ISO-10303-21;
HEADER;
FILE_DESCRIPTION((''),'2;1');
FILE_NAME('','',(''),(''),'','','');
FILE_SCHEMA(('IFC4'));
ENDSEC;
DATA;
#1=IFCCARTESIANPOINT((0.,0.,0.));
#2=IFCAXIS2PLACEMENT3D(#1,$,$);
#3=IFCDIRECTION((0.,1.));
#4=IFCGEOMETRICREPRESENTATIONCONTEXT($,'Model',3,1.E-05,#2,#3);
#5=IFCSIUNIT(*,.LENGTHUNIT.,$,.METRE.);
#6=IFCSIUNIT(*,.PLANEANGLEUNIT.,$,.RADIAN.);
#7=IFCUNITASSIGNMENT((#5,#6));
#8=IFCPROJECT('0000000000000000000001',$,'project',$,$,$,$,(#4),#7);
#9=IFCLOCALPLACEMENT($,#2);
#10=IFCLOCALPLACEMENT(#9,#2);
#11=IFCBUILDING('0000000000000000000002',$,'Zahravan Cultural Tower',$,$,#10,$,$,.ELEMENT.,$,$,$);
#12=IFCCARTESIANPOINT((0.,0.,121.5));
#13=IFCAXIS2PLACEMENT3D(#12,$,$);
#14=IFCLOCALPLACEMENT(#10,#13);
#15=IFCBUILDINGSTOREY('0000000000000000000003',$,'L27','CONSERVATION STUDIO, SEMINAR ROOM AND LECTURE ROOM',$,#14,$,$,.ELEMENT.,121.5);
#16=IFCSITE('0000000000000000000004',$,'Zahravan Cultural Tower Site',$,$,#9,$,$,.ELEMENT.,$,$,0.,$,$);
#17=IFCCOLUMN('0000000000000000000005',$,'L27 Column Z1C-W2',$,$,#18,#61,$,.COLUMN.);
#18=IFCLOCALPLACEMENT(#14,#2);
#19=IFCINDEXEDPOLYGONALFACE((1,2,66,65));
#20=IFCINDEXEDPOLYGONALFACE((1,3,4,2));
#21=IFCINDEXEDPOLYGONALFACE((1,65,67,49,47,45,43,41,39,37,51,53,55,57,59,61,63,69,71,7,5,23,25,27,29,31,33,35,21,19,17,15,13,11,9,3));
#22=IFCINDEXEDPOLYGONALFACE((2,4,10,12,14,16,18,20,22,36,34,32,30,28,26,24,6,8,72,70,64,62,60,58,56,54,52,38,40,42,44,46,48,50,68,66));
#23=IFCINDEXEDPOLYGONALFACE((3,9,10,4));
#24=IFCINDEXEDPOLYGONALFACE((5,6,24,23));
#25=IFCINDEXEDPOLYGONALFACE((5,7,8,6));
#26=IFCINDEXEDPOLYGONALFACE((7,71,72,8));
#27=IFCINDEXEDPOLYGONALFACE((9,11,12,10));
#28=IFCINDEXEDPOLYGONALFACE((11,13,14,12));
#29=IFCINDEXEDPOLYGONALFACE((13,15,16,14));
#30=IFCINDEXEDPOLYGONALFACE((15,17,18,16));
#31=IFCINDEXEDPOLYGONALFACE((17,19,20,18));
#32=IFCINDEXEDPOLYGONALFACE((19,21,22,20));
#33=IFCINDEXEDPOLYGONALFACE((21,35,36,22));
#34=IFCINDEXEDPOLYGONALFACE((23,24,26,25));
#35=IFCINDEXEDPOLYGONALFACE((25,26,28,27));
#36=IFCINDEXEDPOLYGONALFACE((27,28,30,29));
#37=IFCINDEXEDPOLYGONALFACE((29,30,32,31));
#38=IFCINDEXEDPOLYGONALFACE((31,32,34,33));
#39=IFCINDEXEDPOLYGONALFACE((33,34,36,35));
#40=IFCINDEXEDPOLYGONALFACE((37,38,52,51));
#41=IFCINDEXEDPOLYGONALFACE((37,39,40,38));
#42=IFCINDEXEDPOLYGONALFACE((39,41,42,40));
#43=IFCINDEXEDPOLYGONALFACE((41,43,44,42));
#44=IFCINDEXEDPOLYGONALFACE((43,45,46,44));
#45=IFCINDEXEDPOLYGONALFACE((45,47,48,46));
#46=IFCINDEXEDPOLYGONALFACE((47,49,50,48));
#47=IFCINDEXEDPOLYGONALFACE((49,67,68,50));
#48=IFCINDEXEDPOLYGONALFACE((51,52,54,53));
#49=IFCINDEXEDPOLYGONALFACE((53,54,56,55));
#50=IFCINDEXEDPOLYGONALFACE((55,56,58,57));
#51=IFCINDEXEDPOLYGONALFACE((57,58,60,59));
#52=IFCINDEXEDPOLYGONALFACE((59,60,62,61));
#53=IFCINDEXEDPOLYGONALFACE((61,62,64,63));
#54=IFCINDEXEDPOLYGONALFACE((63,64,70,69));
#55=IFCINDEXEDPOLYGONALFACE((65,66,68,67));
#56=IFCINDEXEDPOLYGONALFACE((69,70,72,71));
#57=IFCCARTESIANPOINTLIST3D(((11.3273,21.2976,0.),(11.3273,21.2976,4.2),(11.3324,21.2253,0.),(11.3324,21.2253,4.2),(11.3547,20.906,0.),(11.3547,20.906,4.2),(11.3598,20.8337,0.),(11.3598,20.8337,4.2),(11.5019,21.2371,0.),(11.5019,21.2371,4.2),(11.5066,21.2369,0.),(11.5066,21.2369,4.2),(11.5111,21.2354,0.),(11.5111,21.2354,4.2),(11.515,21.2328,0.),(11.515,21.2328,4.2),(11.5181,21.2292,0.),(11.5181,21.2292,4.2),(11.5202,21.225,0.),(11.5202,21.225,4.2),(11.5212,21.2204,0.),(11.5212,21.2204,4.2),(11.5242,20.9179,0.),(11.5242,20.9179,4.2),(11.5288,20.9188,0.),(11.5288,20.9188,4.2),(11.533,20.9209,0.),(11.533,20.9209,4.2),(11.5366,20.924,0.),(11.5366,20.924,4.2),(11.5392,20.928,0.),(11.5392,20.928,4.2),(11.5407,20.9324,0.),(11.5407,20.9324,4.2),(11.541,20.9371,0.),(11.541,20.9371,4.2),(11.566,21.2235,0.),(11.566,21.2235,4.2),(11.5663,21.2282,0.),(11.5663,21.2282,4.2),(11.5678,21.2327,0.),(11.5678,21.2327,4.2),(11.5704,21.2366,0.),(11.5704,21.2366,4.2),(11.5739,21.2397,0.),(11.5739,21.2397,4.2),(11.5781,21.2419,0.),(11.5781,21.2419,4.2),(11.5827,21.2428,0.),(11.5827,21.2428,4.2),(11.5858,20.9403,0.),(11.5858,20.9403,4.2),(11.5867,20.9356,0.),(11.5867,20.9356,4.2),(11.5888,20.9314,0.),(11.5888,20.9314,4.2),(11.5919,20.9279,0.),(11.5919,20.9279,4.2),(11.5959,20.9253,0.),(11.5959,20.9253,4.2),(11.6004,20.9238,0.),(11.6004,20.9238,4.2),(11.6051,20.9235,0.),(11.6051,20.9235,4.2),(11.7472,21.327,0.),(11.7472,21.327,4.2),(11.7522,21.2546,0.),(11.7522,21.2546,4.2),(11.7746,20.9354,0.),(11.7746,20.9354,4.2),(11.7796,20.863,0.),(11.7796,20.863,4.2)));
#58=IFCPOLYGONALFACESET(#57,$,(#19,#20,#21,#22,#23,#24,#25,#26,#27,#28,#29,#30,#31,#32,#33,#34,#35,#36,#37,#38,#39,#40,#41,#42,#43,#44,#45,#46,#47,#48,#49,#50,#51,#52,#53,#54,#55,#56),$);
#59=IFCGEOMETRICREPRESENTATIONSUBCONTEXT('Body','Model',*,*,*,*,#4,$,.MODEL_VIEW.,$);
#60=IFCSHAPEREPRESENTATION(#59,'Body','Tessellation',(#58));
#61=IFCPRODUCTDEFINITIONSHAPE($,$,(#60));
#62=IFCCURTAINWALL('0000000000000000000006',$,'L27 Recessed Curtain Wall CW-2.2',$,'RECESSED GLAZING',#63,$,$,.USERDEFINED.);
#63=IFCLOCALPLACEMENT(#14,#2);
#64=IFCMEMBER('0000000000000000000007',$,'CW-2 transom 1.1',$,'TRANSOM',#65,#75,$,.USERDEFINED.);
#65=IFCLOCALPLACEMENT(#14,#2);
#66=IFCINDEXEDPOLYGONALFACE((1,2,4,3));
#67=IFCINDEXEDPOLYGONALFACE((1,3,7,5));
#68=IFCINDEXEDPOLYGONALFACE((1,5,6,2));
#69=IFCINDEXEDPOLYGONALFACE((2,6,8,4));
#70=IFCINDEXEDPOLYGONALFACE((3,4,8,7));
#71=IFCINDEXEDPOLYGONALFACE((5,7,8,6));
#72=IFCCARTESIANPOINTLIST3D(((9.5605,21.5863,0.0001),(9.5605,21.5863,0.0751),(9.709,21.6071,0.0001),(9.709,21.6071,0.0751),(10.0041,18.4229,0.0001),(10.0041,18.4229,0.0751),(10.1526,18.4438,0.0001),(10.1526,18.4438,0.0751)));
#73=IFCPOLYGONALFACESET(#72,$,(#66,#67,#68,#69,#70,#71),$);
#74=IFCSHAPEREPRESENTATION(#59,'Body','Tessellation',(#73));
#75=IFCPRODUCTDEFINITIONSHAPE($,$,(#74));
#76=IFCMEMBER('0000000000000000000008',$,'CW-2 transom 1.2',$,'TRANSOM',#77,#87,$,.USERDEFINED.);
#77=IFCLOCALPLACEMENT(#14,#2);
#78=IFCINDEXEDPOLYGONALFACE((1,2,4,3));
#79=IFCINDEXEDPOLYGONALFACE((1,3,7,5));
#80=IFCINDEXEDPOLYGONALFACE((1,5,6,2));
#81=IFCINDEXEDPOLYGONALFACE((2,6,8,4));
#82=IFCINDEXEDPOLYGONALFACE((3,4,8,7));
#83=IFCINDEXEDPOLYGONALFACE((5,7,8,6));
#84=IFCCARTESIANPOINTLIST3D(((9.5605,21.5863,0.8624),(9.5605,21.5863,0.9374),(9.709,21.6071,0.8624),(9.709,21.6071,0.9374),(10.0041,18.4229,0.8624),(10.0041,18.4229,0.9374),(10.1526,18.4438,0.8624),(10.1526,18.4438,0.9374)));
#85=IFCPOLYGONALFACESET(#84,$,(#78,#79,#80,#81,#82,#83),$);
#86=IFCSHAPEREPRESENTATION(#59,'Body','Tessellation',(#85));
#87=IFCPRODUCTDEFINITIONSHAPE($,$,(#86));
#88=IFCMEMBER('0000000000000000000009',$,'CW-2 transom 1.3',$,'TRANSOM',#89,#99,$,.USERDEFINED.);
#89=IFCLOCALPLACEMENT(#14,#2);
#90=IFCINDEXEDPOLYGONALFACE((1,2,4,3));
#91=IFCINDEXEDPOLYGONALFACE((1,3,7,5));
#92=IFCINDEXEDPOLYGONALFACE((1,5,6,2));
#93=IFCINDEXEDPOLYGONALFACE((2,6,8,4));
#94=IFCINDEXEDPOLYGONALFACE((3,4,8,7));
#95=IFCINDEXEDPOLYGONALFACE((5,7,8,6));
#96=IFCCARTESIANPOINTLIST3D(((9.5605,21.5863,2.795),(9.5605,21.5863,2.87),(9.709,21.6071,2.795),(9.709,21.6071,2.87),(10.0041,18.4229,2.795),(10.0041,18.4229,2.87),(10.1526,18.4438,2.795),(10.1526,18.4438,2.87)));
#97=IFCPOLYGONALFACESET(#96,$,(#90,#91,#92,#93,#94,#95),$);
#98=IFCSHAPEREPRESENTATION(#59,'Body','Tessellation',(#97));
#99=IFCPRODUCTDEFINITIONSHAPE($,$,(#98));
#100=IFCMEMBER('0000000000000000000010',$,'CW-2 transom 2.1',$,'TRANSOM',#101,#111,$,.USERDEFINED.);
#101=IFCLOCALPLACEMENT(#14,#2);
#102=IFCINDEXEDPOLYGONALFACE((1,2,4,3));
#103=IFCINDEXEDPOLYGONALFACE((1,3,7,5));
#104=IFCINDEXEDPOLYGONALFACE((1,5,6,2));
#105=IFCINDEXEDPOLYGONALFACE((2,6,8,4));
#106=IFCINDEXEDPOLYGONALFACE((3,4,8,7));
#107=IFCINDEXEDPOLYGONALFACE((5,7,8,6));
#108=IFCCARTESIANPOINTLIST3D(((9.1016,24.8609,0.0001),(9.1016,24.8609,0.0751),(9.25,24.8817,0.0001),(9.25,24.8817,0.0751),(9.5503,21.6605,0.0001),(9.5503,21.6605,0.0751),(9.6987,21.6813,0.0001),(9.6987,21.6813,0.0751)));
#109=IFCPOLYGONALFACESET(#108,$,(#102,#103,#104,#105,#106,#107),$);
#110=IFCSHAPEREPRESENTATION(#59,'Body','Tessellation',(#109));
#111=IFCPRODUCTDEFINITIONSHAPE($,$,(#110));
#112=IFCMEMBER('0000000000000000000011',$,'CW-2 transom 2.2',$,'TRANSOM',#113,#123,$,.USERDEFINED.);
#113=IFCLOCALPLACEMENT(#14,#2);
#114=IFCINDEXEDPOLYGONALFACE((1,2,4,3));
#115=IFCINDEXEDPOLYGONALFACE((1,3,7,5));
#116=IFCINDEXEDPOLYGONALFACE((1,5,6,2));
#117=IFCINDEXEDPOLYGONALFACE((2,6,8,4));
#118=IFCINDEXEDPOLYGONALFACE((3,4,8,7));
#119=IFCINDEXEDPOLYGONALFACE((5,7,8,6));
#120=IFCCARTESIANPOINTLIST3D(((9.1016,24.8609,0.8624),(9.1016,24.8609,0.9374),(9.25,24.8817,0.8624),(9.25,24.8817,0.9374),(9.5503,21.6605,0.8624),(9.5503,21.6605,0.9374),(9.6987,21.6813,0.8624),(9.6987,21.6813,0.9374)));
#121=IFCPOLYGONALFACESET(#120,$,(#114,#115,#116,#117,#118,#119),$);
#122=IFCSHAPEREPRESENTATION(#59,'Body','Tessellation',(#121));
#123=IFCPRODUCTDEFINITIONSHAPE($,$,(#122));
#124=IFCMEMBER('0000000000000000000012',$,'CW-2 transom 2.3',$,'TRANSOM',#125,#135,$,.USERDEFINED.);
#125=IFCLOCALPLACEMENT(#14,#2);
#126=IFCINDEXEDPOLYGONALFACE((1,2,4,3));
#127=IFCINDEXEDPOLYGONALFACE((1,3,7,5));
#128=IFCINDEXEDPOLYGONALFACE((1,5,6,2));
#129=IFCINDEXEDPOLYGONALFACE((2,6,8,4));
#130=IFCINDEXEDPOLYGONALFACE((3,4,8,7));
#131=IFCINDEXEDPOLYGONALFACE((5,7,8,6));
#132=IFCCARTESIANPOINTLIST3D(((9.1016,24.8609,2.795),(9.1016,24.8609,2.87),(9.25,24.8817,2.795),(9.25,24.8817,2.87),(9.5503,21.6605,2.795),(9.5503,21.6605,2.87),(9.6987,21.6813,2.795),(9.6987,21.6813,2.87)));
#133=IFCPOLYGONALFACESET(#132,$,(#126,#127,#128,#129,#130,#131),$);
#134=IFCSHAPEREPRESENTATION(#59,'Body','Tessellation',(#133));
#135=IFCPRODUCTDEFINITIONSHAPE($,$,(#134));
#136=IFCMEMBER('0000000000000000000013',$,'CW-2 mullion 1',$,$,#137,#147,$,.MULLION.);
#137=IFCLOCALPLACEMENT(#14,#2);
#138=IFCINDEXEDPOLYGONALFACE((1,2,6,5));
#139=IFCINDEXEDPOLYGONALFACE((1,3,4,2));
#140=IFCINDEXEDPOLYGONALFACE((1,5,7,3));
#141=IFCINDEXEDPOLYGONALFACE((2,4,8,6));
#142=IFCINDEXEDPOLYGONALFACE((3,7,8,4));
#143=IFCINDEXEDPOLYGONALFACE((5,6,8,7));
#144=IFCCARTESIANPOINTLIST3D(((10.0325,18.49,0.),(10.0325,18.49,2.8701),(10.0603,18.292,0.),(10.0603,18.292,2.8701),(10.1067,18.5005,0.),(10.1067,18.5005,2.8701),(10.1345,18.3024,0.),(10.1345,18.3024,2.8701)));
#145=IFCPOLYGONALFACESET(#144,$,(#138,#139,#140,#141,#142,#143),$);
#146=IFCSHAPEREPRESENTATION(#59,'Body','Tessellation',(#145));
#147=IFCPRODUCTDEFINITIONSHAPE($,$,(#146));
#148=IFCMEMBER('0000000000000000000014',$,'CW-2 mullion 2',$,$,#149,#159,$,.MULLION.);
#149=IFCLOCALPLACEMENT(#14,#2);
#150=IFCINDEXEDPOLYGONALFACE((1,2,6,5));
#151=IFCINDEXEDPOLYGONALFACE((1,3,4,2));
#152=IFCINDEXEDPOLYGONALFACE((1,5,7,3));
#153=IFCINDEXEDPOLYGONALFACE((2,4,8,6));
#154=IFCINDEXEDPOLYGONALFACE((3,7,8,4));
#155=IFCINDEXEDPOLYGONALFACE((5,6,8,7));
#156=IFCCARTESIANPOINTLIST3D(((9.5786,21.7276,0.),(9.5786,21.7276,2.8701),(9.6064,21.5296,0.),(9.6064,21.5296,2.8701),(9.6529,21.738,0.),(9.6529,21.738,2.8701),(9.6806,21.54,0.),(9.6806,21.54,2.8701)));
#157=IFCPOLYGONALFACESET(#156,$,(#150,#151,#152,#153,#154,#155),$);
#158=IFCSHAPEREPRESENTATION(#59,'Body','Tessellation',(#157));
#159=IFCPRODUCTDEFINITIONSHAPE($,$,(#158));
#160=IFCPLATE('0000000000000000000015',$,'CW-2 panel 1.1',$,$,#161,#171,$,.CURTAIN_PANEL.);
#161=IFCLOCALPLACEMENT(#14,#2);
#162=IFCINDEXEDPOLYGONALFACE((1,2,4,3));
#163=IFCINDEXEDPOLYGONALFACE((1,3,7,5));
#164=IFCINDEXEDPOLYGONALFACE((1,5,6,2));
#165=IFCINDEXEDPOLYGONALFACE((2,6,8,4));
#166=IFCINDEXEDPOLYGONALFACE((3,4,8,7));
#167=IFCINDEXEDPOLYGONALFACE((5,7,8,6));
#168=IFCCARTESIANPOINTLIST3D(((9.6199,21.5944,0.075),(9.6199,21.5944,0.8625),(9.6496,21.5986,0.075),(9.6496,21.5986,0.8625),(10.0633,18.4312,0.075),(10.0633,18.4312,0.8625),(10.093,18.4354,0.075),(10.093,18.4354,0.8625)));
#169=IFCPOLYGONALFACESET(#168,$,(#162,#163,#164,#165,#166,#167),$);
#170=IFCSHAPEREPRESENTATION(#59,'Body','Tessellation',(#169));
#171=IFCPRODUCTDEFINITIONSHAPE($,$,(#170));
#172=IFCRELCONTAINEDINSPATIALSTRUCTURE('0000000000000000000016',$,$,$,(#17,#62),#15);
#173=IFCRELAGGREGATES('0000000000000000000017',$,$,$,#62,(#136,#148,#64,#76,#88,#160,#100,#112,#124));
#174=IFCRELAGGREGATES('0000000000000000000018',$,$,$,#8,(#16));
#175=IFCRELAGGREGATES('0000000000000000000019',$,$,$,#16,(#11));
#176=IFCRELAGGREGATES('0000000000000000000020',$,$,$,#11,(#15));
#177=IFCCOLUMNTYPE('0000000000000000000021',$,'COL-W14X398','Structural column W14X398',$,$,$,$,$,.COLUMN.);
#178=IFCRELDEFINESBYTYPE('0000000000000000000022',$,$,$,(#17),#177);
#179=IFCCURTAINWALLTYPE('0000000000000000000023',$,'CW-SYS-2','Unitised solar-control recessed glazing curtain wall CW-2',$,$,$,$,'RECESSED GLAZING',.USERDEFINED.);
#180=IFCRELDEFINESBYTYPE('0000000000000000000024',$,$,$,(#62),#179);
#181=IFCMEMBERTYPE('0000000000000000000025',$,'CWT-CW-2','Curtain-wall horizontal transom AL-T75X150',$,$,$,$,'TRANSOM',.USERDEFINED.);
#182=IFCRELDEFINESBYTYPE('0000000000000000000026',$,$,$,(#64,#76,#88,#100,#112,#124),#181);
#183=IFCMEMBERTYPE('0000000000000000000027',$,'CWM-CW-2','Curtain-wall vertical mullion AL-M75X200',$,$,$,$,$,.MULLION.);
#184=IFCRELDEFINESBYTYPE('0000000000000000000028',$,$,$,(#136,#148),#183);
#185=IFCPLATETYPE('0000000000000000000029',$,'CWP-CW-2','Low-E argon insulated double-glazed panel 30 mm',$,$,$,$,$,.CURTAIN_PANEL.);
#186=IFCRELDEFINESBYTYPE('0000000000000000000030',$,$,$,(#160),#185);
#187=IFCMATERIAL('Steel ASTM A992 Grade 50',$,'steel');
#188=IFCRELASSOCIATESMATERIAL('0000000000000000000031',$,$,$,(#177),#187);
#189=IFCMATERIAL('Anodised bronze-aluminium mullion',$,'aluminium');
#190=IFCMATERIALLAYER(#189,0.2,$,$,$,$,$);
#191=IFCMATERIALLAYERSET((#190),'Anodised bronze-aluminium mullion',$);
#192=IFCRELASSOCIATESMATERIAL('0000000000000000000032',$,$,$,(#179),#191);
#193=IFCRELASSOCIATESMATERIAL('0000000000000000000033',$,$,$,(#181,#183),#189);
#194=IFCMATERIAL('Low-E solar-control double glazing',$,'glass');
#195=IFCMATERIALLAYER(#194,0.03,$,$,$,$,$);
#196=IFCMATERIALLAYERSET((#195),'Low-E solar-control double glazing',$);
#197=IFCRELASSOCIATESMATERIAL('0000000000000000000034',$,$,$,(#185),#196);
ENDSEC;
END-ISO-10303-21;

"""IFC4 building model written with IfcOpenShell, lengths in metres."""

from ifc_helpers import new_model, si_unit, direction, frame, origin, origin_2d, place, context, subcontext, project, spatial, rectangle, i_section, extrude, source, transform, mapped, material, layer, layer_set, material_profile, profile_set, type_object, element, aggregate, save


model = new_model("IFC4")

# Units and contexts
model_context = context("Model", 3, precision=1e-05, world=origin(), true_north=direction((0.0, 1.0)))
body_context = subcontext(model_context, "Body", "Model", "MODEL_VIEW")
ifc_project = project(units=[si_unit("LENGTHUNIT", "METRE"), si_unit("PLANEANGLEUNIT", "RADIAN")], contexts=[model_context])

# Site, building, storey
site_placement = place(None, origin())
site = spatial("IfcSite", under=ifc_project, at=site_placement, Name="Zahravan Cultural Tower Site", CompositionType="ELEMENT", RefElevation=0.0)
building_placement = place(site_placement, origin())
building = spatial("IfcBuilding", under=site, at=building_placement, Name="Zahravan Cultural Tower", CompositionType="ELEMENT")
storey_placement = place(building_placement, frame((0.0, 0.0, 121.5)))
storey = spatial("IfcBuildingStorey", under=building, at=storey_placement, Name="L27", Description="CONSERVATION STUDIO, SEMINAR ROOM AND LECTURE ROOM", CompositionType="ELEMENT", Elevation=121.5)

# Column
ifc_material_1 = material(Name="Steel ASTM A992 Grade 50", Category="steel")
ifc_material_profile_1 = material_profile(ifc_material_1, i_section(OverallWidth=0.4209, OverallDepth=0.4651, WebThickness=0.0449, FlangeThickness=0.0725, FilletRadius=0.0181, at=origin_2d()), Name="W14X398")
ifc_profile_set_1 = profile_set([ifc_material_profile_1], Name="Steel ASTM A992 Grade 50")
column_type = type_object("IfcColumnType", Name="COL-W14X398", Description="Structural column W14X398", PredefinedType="COLUMN", material=ifc_profile_set_1)
shared_shape_1 = source(origin(), body_context, "Body", "SweptSolid", [
    extrude(i_section(OverallWidth=0.4209, OverallDepth=0.4651, WebThickness=0.0449, FlangeThickness=0.0725, FilletRadius=0.0181, at=origin_2d()), origin(), (0.0, 0.0, 1.0), 4.2),
])
column_placement = place(storey_placement, frame((11.5535, 21.0803, 0.0), z_axis=(0.0, 0.0, 1.0), x_axis=(0.997564, 0.069756, 0.0)))
element("IfcColumn", 1, at=column_placement, inside=storey, type_object=column_type, Name="L27 Column Z1C-W2", PredefinedType="COLUMN", context=body_context, shape_type="MappedRepresentation", body=[
    mapped(shared_shape_1, transform((0.0, 0.0, 0.0), x_axis=(1.0, 0.0, 0.0), y_axis=(0.0, 1.0, 0.0), z_axis=(0.0, 0.0, 1.0), scale=1.0)),
])

# Curtain wall, members, plate
ifc_material_2 = material(Name="Anodised bronze-aluminium mullion", Category="aluminium")
ifc_layer_1 = layer(ifc_material_2, 0.2)
ifc_layer_set_1 = layer_set([ifc_layer_1], Name="Anodised bronze-aluminium mullion")
curtain_wall_type = type_object("IfcCurtainWallType", Name="CW-SYS-2", Description="Unitised solar-control recessed glazing curtain wall CW-2", ElementType="RECESSED GLAZING", PredefinedType="USERDEFINED", material=ifc_layer_set_1)
curtain_wall_placement = place(storey_placement, origin())
curtain_wall = element("IfcCurtainWall", 2, at=curtain_wall_placement, inside=storey, type_object=curtain_wall_type, Name="L27 Recessed Curtain Wall CW-2.2", ObjectType="RECESSED GLAZING", PredefinedType="USERDEFINED")
ifc_material_profile_2 = material_profile(ifc_material_2, rectangle(XDim=0.1499, YDim=0.075, at=origin_2d()), Name="AL-T75X150")
ifc_profile_set_2 = profile_set([ifc_material_profile_2], Name="Anodised bronze-aluminium mullion")
member_type_1 = type_object("IfcMemberType", Name="CWT-CW-2", Description="Curtain-wall horizontal transom AL-T75X150", ElementType="TRANSOM", PredefinedType="USERDEFINED", material=ifc_profile_set_2)
shared_shape_2 = source(origin(), body_context, "Body", "SweptSolid", [
    extrude(rectangle(XDim=0.1499, YDim=0.075, at=origin_2d()), origin(), (0.0, 0.0, 1.0), 3.1943),
])
member_1_placement = place(storey_placement, frame((10.0784, 18.4333, 0.0376), z_axis=(-0.138874, 0.99031, 0.0), x_axis=(-0.99031, -0.138874, 0.0)))
member_1 = element("IfcMember", 3, at=member_1_placement, type_object=member_type_1, Name="CW-2 transom 1.1", ObjectType="TRANSOM", PredefinedType="USERDEFINED", context=body_context, shape_type="MappedRepresentation", body=[
    mapped(shared_shape_2, transform((0.0, 0.0, 0.0), x_axis=(1.0, 0.0, 0.0), y_axis=(0.0, 1.0, 0.0), z_axis=(0.0, 0.0, 1.0), scale=1.0)),
])
member_2_placement = place(storey_placement, frame((10.0784, 18.4333, 0.8999), z_axis=(-0.138874, 0.99031, 0.0), x_axis=(-0.99031, -0.138874, 0.0)))
member_2 = element("IfcMember", 4, at=member_2_placement, type_object=member_type_1, Name="CW-2 transom 1.2", ObjectType="TRANSOM", PredefinedType="USERDEFINED", context=body_context, shape_type="MappedRepresentation", body=[
    mapped(shared_shape_2, transform((0.0, 0.0, 0.0), x_axis=(1.0, 0.0, 0.0), y_axis=(0.0, 1.0, 0.0), z_axis=(0.0, 0.0, 1.0), scale=1.0)),
])
member_3_placement = place(storey_placement, frame((10.0784, 18.4333, 2.8325), z_axis=(-0.138874, 0.99031, 0.0), x_axis=(-0.99031, -0.138874, 0.0)))
member_3 = element("IfcMember", 5, at=member_3_placement, type_object=member_type_1, Name="CW-2 transom 1.3", ObjectType="TRANSOM", PredefinedType="USERDEFINED", context=body_context, shape_type="MappedRepresentation", body=[
    mapped(shared_shape_2, transform((0.0, 0.0, 0.0), x_axis=(1.0, 0.0, 0.0), y_axis=(0.0, 1.0, 0.0), z_axis=(0.0, 0.0, 1.0), scale=1.0)),
])
shared_shape_3 = source(origin(), body_context, "Body", "SweptSolid", [
    extrude(rectangle(XDim=0.1499, YDim=0.075, at=origin_2d()), origin(), (0.0, 0.0, 1.0), 3.2317),
])
member_4_placement = place(storey_placement, frame((9.6245, 21.6709, 0.0376), z_axis=(-0.138851, 0.990313, 0.0), x_axis=(-0.990313, -0.138851, 0.0)))
member_4 = element("IfcMember", 6, at=member_4_placement, type_object=member_type_1, Name="CW-2 transom 2.1", ObjectType="TRANSOM", PredefinedType="USERDEFINED", context=body_context, shape_type="MappedRepresentation", body=[
    mapped(shared_shape_3, transform((0.0, 0.0, 0.0), x_axis=(1.0, 0.0, 0.0), y_axis=(0.0, 1.0, 0.0), z_axis=(0.0, 0.0, 1.0), scale=1.0)),
])
member_5_placement = place(storey_placement, frame((9.6245, 21.6709, 0.8999), z_axis=(-0.138851, 0.990313, 0.0), x_axis=(-0.990313, -0.138851, 0.0)))
member_5 = element("IfcMember", 7, at=member_5_placement, type_object=member_type_1, Name="CW-2 transom 2.2", ObjectType="TRANSOM", PredefinedType="USERDEFINED", context=body_context, shape_type="MappedRepresentation", body=[
    mapped(shared_shape_3, transform((0.0, 0.0, 0.0), x_axis=(1.0, 0.0, 0.0), y_axis=(0.0, 1.0, 0.0), z_axis=(0.0, 0.0, 1.0), scale=1.0)),
])
member_6_placement = place(storey_placement, frame((9.6245, 21.6709, 2.8325), z_axis=(-0.138851, 0.990313, 0.0), x_axis=(-0.990313, -0.138851, 0.0)))
member_6 = element("IfcMember", 8, at=member_6_placement, type_object=member_type_1, Name="CW-2 transom 2.3", ObjectType="TRANSOM", PredefinedType="USERDEFINED", context=body_context, shape_type="MappedRepresentation", body=[
    mapped(shared_shape_3, transform((0.0, 0.0, 0.0), x_axis=(1.0, 0.0, 0.0), y_axis=(0.0, 1.0, 0.0), z_axis=(0.0, 0.0, 1.0), scale=1.0)),
])
ifc_material_profile_3 = material_profile(ifc_material_2, rectangle(XDim=0.075, YDim=0.2, at=origin_2d()), Name="AL-M75X200")
ifc_profile_set_3 = profile_set([ifc_material_profile_3], Name="Anodised bronze-aluminium mullion")
member_type_2 = type_object("IfcMemberType", Name="CWM-CW-2", Description="Curtain-wall vertical mullion AL-M75X200", PredefinedType="MULLION", material=ifc_profile_set_3)
shared_shape_4 = source(origin(), body_context, "Body", "SweptSolid", [
    extrude(rectangle(XDim=0.075, YDim=0.2, at=origin_2d()), origin(), (0.0, 0.0, 1.0), 2.8701),
])
member_7_placement = place(storey_placement, frame((10.0835, 18.3962, 0.0), z_axis=(0.0, 0.0, 1.0), x_axis=(-0.990316, -0.13883, 0.0)))
member_7 = element("IfcMember", 9, at=member_7_placement, type_object=member_type_2, Name="CW-2 mullion 1", PredefinedType="MULLION", context=body_context, shape_type="MappedRepresentation", body=[
    mapped(shared_shape_4, transform((0.0, 0.0, 0.0), x_axis=(1.0, 0.0, 0.0), y_axis=(0.0, 1.0, 0.0), z_axis=(0.0, 0.0, 1.0), scale=1.0)),
])
member_8_placement = place(storey_placement, frame((9.6296, 21.6338, 0.0), z_axis=(0.0, 0.0, 1.0), x_axis=(-0.990316, -0.13883, 0.0)))
member_8 = element("IfcMember", 10, at=member_8_placement, type_object=member_type_2, Name="CW-2 mullion 2", PredefinedType="MULLION", context=body_context, shape_type="MappedRepresentation", body=[
    mapped(shared_shape_4, transform((0.0, 0.0, 0.0), x_axis=(1.0, 0.0, 0.0), y_axis=(0.0, 1.0, 0.0), z_axis=(0.0, 0.0, 1.0), scale=1.0)),
])
ifc_material_3 = material(Name="Low-E solar-control double glazing", Category="glass")
ifc_layer_2 = layer(ifc_material_3, 0.03)
ifc_layer_set_2 = layer_set([ifc_layer_2], Name="Low-E solar-control double glazing")
plate_type = type_object("IfcPlateType", Name="CWP-CW-2", Description="Low-E argon insulated double-glazed panel 30 mm", PredefinedType="CURTAIN_PANEL", material=ifc_layer_set_2)
shared_shape_5 = source(origin(), body_context, "Body", "SweptSolid", [
    extrude(rectangle(XDim=3.1941, YDim=0.03, at=origin_2d()), origin(), (0.0, 0.0, 1.0), 0.7876),
])
plate_1_placement = place(storey_placement, frame((9.8564, 20.0149, 0.075), z_axis=(0.0, 0.0, 1.0), x_axis=(-0.13883, 0.990316, 0.0)))
plate_1 = element("IfcPlate", 11, at=plate_1_placement, type_object=plate_type, Name="CW-2 panel 1.1", PredefinedType="CURTAIN_PANEL", context=body_context, shape_type="MappedRepresentation", body=[
    mapped(shared_shape_5, transform((0.0, 0.0, 0.0), x_axis=(1.0, 0.0, 0.0), y_axis=(0.0, 1.0, 0.0), z_axis=(0.0, 0.0, 1.0), scale=1.0)),
])
aggregate(curtain_wall, [member_7, member_8, member_1, member_2, member_3, plate_1, member_4, member_5, member_6])

save(model, "model.ifc")
